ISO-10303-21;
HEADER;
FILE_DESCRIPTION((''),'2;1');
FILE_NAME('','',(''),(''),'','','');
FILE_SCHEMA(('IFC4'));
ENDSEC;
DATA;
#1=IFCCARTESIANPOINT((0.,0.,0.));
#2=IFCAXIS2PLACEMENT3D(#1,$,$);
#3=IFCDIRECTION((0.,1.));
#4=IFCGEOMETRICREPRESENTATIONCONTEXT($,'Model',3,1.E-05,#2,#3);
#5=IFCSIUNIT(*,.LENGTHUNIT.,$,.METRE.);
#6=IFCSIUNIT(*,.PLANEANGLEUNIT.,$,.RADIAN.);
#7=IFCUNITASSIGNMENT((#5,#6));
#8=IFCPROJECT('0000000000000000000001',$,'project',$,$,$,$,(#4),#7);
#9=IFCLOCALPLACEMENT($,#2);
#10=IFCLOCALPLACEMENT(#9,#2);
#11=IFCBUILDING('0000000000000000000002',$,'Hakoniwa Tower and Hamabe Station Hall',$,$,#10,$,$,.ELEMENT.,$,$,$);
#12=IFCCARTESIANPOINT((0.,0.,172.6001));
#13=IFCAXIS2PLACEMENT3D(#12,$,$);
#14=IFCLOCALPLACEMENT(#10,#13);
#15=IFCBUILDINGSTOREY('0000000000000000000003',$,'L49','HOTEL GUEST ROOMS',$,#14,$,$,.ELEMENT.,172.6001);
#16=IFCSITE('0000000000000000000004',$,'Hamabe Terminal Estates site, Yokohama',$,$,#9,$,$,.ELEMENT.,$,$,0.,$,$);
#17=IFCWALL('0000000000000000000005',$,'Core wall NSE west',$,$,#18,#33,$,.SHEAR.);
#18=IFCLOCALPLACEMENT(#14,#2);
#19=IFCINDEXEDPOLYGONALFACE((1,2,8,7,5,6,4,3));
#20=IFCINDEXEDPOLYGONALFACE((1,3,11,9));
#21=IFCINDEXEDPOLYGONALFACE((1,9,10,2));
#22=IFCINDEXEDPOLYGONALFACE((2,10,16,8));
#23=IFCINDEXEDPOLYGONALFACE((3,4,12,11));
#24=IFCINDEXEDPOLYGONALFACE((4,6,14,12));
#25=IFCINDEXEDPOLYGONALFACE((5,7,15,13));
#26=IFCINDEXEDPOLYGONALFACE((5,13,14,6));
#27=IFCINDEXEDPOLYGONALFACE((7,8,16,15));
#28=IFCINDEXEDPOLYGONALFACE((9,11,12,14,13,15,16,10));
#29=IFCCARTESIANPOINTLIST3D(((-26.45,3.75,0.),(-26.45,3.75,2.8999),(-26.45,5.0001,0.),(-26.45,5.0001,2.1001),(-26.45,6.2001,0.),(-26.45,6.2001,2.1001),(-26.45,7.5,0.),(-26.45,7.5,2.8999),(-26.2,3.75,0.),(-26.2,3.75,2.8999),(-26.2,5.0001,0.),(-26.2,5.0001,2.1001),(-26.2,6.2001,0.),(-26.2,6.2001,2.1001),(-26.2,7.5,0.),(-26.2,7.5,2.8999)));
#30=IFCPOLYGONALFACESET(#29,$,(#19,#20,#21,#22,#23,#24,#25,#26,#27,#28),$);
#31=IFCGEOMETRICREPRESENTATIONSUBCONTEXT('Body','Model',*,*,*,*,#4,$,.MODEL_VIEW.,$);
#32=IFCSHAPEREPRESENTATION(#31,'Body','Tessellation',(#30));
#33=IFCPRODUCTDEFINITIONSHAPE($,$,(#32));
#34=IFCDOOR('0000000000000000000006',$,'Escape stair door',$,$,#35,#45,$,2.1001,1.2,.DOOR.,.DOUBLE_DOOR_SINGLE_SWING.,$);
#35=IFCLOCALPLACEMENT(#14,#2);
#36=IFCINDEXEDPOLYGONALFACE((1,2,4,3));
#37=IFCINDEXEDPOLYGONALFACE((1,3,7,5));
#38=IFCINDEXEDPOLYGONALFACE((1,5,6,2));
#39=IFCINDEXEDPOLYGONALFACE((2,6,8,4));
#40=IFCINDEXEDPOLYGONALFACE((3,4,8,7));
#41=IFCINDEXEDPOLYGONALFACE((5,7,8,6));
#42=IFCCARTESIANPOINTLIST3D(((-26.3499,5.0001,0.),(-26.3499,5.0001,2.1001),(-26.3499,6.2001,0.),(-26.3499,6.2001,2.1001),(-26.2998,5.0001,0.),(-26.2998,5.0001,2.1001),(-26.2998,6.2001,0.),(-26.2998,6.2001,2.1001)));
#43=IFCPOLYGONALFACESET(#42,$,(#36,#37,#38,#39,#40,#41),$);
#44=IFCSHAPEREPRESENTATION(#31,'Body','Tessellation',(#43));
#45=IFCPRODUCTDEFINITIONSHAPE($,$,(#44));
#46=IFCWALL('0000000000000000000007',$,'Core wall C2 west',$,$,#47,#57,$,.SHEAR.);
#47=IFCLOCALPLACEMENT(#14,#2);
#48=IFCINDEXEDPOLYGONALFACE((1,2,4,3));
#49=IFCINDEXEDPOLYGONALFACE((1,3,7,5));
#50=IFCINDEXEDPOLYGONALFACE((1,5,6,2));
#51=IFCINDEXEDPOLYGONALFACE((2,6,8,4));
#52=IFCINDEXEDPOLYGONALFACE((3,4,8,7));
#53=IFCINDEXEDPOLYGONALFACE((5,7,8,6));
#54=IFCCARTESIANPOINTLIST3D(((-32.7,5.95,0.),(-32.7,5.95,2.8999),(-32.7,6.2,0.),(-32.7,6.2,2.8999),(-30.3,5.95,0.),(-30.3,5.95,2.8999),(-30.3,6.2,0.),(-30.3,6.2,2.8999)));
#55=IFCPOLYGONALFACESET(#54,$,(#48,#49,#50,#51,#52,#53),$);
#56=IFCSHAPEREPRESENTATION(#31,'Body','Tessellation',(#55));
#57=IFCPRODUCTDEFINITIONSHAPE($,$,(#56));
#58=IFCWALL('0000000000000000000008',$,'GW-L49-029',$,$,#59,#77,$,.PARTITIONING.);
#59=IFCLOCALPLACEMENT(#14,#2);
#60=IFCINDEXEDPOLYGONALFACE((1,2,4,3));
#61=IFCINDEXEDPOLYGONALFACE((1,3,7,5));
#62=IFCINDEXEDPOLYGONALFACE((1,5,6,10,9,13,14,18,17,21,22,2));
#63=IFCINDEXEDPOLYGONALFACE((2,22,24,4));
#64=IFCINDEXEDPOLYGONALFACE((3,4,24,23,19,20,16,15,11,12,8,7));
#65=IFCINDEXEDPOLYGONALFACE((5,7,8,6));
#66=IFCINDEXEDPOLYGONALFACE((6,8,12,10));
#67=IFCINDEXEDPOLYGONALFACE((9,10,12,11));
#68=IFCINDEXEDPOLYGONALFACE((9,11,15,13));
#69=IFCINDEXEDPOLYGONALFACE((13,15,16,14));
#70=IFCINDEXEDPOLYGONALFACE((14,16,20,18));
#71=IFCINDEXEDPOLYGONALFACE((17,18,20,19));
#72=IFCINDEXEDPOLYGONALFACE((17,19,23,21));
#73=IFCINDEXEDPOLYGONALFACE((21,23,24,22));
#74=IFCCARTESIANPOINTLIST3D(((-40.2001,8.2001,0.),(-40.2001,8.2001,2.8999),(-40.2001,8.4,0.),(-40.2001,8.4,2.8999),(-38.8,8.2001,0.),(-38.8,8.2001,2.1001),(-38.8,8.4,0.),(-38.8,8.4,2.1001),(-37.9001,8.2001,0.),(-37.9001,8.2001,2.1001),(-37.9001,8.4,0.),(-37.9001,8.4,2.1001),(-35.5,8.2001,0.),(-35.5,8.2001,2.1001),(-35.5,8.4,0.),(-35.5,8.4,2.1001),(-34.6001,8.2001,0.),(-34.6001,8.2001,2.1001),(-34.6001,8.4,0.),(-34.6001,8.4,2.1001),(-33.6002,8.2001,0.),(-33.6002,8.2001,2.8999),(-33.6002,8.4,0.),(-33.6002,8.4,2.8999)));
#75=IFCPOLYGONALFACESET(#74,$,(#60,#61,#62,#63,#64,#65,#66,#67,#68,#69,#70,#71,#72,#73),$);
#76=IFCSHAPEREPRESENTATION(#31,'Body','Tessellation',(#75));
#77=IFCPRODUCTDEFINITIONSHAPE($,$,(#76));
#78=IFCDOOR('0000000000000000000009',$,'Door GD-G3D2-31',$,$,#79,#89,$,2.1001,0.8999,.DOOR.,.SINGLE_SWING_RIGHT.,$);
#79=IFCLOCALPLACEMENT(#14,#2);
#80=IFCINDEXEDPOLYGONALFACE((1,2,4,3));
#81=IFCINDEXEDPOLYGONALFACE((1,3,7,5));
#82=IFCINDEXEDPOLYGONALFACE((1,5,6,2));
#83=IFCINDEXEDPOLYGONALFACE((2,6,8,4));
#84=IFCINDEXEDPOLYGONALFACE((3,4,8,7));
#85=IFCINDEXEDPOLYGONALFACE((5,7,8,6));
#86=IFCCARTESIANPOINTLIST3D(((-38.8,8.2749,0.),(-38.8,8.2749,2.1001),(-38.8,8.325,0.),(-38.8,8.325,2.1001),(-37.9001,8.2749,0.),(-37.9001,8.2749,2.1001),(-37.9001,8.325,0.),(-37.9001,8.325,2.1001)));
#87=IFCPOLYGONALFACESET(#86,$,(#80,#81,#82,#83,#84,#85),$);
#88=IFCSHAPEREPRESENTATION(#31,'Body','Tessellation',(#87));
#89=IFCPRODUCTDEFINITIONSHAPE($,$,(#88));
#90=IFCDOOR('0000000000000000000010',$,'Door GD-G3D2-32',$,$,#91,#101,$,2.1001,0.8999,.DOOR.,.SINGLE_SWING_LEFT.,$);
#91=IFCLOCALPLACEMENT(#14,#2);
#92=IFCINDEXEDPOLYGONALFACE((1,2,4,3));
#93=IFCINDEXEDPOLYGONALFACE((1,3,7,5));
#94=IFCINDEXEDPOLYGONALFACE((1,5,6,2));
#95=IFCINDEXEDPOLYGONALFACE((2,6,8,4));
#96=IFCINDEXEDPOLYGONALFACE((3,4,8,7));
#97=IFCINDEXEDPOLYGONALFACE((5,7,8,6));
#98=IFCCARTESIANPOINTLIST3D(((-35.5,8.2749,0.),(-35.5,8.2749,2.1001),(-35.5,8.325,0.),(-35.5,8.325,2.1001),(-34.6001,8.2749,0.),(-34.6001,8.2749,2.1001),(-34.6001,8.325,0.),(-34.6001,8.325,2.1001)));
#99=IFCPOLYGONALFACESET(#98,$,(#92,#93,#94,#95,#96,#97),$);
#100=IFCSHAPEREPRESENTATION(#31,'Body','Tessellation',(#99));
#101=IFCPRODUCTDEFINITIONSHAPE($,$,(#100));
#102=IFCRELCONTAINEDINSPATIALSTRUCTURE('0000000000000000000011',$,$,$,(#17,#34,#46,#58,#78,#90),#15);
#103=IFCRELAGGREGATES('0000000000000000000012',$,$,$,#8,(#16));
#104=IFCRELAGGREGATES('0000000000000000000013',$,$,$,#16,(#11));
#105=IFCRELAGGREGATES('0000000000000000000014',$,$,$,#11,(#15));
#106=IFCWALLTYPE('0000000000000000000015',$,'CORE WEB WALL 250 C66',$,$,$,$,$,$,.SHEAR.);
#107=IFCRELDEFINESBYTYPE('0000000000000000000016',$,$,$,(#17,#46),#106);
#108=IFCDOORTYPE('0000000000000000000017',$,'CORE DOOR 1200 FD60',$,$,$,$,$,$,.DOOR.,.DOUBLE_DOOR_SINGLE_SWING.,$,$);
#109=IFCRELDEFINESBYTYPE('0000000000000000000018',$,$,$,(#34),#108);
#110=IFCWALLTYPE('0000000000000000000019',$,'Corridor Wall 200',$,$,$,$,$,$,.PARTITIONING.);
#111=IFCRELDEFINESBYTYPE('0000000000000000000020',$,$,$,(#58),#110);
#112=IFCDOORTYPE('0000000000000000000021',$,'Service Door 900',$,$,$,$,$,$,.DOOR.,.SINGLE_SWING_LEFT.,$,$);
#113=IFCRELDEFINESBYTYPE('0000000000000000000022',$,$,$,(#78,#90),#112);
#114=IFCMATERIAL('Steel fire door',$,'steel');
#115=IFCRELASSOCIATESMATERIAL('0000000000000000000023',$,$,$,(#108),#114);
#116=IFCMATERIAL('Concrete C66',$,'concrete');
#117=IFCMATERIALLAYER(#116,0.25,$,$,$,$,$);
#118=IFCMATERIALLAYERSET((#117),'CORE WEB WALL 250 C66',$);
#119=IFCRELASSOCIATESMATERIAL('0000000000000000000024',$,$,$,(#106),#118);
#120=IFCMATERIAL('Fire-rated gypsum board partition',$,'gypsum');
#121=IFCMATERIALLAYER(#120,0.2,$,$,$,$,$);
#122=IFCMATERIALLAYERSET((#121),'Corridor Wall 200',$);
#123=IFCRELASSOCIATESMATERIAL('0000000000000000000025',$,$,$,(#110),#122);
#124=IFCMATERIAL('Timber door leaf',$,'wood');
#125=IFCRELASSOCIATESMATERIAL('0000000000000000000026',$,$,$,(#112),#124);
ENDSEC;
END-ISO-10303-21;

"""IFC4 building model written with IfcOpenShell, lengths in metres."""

from ifc_helpers import new_model, si_unit, direction, frame, frame_2d, origin, place, context, subcontext, project, spatial, rectangle, extrude, material, layer, layer_set, type_object, element, fill, save


model = new_model("IFC4")

# Units and contexts
model_context = context("Model", 3, precision=1e-05, world=origin(), true_north=direction((0.0, 1.0)))
body_context = subcontext(model_context, "Body", "Model", "MODEL_VIEW")
ifc_project = project(units=[si_unit("LENGTHUNIT", "METRE"), si_unit("PLANEANGLEUNIT", "RADIAN")], contexts=[model_context])

# Site, building, storey
site_placement = place(None, origin())
site = spatial("IfcSite", under=ifc_project, at=site_placement, Name="Hamabe Terminal Estates site, Yokohama", CompositionType="ELEMENT", RefElevation=0.0)
building_placement = place(site_placement, origin())
building = spatial("IfcBuilding", under=site, at=building_placement, Name="Hakoniwa Tower and Hamabe Station Hall", CompositionType="ELEMENT")
storey_placement = place(building_placement, frame((0.0, 0.0, 172.6001)))
storey = spatial("IfcBuildingStorey", under=building, at=storey_placement, Name="L49", Description="HOTEL GUEST ROOMS", CompositionType="ELEMENT", Elevation=172.6001)

# Shared definitions
ifc_material_1 = material(Name="Steel fire door", Category="steel")
door_type_1 = type_object("IfcDoorType", Name="CORE DOOR 1200 FD60", OperationType="DOUBLE_DOOR_SINGLE_SWING", PredefinedType="DOOR", material=ifc_material_1)

# Wall, opening, door
ifc_material_2 = material(Name="Concrete C66", Category="concrete")
ifc_layer_1 = layer(ifc_material_2, 0.25)
ifc_layer_set_1 = layer_set([ifc_layer_1], Name="CORE WEB WALL 250 C66")
wall_type_1 = type_object("IfcWallType", Name="CORE WEB WALL 250 C66", PredefinedType="SHEAR", material=ifc_layer_set_1)
wall_1_placement = place(storey_placement, frame((-26.325, 3.75, 0.0), z_axis=(0.0, 0.0, 1.0), x_axis=(0.0, 1.0, 0.0)))
wall_1 = element("IfcWall", 1, at=wall_1_placement, inside=storey, type_object=wall_type_1, Name="Core wall NSE west", PredefinedType="SHEAR", context=body_context, shape_type="SweptSolid", body=[
    extrude(rectangle(XDim=3.75, YDim=0.25, at=frame_2d((1.875, 0.0))), origin(), (0.0, 0.0, 1.0), 2.8999),
])
opening_1_placement = place(wall_1_placement, frame((1.25, 0.0, 0.0)))
opening_1 = element("IfcOpeningElement", 2, at=opening_1_placement, cuts=wall_1, PredefinedType="OPENING", context=body_context, shape_type="SweptSolid", body=[
    extrude(rectangle(XDim=1.2, YDim=2.1001, at=frame_2d((0.6001, 1.05))), frame((0.0, 0.135, 0.0), z_axis=(0.0, -1.0, 0.0), x_axis=(1.0, 0.0, 0.0)), (0.0, 0.0, 1.0), 0.27),
])
door_1_placement = place(opening_1_placement, origin())
door_1 = element("IfcDoor", 3, at=door_1_placement, inside=storey, type_object=door_type_1, Name="Escape stair door", OperationType="DOUBLE_DOOR_SINGLE_SWING", OverallHeight=2.1001, OverallWidth=1.2, PredefinedType="DOOR", context=body_context, shape_type="SweptSolid", body=[
    extrude(rectangle(XDim=1.2, YDim=2.1001, at=frame_2d((0.6001, 1.05))), frame((0.0, 0.0249, 0.0), z_axis=(0.0, -1.0, 0.0), x_axis=(1.0, 0.0, 0.0)), (0.0, 0.0, 1.0), 0.05),
])
fill(opening_1, door_1)

# Wall
wall_2_placement = place(storey_placement, frame((-32.7, 6.075, 0.0), z_axis=(0.0, 0.0, 1.0), x_axis=(1.0, 0.0, 0.0)))
element("IfcWall", 4, at=wall_2_placement, inside=storey, type_object=wall_type_1, Name="Core wall C2 west", PredefinedType="SHEAR", context=body_context, shape_type="SweptSolid", body=[
    extrude(rectangle(XDim=2.3999, YDim=0.25, at=frame_2d((1.2, 0.0))), origin(), (0.0, 0.0, 1.0), 2.8999),
])

# Wall, openings, doors
ifc_material_3 = material(Name="Fire-rated gypsum board partition", Category="gypsum")
ifc_layer_2 = layer(ifc_material_3, 0.2)
ifc_layer_set_2 = layer_set([ifc_layer_2], Name="Corridor Wall 200")
wall_type_2 = type_object("IfcWallType", Name="Corridor Wall 200", PredefinedType="PARTITIONING", material=ifc_layer_set_2)
wall_3_placement = place(storey_placement, frame((-40.2, 8.3, 0.0), z_axis=(0.0, 0.0, 1.0), x_axis=(1.0, 0.0, 0.0)))
wall_3 = element("IfcWall", 5, at=wall_3_placement, inside=storey, type_object=wall_type_2, Name="GW-L49-029", PredefinedType="PARTITIONING", context=body_context, shape_type="SweptSolid", body=[
    extrude(rectangle(XDim=6.5999, YDim=0.2, at=frame_2d((3.2998, 0.0))), origin(), (0.0, 0.0, 1.0), 2.8999),
])
opening_2_placement = place(wall_3_placement, frame((1.3999, 0.0, 0.0)))
opening_2 = element("IfcOpeningElement", 6, at=opening_2_placement, cuts=wall_3, PredefinedType="OPENING", context=body_context, shape_type="SweptSolid", body=[
    extrude(rectangle(XDim=0.8999, YDim=2.1001, at=frame_2d((0.45, 1.05))), frame((0.0, 0.1099, 0.0), z_axis=(0.0, -1.0, 0.0), x_axis=(1.0, 0.0, 0.0)), (0.0, 0.0, 1.0), 0.22),
])
opening_3_placement = place(wall_3_placement, frame((4.7, 0.0, 0.0)))
opening_3 = element("IfcOpeningElement", 7, at=opening_3_placement, cuts=wall_3, PredefinedType="OPENING", context=body_context, shape_type="SweptSolid", body=[
    extrude(rectangle(XDim=0.8999, YDim=2.1001, at=frame_2d((0.45, 1.05))), frame((0.0, 0.1099, 0.0), z_axis=(0.0, -1.0, 0.0), x_axis=(1.0, 0.0, 0.0)), (0.0, 0.0, 1.0), 0.22),
])
ifc_material_4 = material(Name="Timber door leaf", Category="wood")
door_type_2 = type_object("IfcDoorType", Name="Service Door 900", OperationType="SINGLE_SWING_LEFT", PredefinedType="DOOR", material=ifc_material_4)
door_2_placement = place(opening_2_placement, origin())
door_2 = element("IfcDoor", 8, at=door_2_placement, inside=storey, type_object=door_type_2, Name="Door GD-G3D2-31", OperationType="SINGLE_SWING_RIGHT", OverallHeight=2.1001, OverallWidth=0.8999, PredefinedType="DOOR", context=body_context, shape_type="SweptSolid", body=[
    extrude(rectangle(XDim=0.8999, YDim=2.1001, at=frame_2d((0.45, 1.05))), frame((0.0, 0.0249, 0.0), z_axis=(0.0, -1.0, 0.0), x_axis=(1.0, 0.0, 0.0)), (0.0, 0.0, 1.0), 0.05),
])
fill(opening_2, door_2)
door_3_placement = place(opening_3_placement, origin())
door_3 = element("IfcDoor", 9, at=door_3_placement, inside=storey, type_object=door_type_2, Name="Door GD-G3D2-32", OperationType="SINGLE_SWING_LEFT", OverallHeight=2.1001, OverallWidth=0.8999, PredefinedType="DOOR", context=body_context, shape_type="SweptSolid", body=[
    extrude(rectangle(XDim=0.8999, YDim=2.1001, at=frame_2d((0.45, 1.05))), frame((0.0, 0.0249, 0.0), z_axis=(0.0, -1.0, 0.0), x_axis=(1.0, 0.0, 0.0)), (0.0, 0.0, 1.0), 0.05),
])
fill(opening_3, door_3)

save(model, "model.ifc")
